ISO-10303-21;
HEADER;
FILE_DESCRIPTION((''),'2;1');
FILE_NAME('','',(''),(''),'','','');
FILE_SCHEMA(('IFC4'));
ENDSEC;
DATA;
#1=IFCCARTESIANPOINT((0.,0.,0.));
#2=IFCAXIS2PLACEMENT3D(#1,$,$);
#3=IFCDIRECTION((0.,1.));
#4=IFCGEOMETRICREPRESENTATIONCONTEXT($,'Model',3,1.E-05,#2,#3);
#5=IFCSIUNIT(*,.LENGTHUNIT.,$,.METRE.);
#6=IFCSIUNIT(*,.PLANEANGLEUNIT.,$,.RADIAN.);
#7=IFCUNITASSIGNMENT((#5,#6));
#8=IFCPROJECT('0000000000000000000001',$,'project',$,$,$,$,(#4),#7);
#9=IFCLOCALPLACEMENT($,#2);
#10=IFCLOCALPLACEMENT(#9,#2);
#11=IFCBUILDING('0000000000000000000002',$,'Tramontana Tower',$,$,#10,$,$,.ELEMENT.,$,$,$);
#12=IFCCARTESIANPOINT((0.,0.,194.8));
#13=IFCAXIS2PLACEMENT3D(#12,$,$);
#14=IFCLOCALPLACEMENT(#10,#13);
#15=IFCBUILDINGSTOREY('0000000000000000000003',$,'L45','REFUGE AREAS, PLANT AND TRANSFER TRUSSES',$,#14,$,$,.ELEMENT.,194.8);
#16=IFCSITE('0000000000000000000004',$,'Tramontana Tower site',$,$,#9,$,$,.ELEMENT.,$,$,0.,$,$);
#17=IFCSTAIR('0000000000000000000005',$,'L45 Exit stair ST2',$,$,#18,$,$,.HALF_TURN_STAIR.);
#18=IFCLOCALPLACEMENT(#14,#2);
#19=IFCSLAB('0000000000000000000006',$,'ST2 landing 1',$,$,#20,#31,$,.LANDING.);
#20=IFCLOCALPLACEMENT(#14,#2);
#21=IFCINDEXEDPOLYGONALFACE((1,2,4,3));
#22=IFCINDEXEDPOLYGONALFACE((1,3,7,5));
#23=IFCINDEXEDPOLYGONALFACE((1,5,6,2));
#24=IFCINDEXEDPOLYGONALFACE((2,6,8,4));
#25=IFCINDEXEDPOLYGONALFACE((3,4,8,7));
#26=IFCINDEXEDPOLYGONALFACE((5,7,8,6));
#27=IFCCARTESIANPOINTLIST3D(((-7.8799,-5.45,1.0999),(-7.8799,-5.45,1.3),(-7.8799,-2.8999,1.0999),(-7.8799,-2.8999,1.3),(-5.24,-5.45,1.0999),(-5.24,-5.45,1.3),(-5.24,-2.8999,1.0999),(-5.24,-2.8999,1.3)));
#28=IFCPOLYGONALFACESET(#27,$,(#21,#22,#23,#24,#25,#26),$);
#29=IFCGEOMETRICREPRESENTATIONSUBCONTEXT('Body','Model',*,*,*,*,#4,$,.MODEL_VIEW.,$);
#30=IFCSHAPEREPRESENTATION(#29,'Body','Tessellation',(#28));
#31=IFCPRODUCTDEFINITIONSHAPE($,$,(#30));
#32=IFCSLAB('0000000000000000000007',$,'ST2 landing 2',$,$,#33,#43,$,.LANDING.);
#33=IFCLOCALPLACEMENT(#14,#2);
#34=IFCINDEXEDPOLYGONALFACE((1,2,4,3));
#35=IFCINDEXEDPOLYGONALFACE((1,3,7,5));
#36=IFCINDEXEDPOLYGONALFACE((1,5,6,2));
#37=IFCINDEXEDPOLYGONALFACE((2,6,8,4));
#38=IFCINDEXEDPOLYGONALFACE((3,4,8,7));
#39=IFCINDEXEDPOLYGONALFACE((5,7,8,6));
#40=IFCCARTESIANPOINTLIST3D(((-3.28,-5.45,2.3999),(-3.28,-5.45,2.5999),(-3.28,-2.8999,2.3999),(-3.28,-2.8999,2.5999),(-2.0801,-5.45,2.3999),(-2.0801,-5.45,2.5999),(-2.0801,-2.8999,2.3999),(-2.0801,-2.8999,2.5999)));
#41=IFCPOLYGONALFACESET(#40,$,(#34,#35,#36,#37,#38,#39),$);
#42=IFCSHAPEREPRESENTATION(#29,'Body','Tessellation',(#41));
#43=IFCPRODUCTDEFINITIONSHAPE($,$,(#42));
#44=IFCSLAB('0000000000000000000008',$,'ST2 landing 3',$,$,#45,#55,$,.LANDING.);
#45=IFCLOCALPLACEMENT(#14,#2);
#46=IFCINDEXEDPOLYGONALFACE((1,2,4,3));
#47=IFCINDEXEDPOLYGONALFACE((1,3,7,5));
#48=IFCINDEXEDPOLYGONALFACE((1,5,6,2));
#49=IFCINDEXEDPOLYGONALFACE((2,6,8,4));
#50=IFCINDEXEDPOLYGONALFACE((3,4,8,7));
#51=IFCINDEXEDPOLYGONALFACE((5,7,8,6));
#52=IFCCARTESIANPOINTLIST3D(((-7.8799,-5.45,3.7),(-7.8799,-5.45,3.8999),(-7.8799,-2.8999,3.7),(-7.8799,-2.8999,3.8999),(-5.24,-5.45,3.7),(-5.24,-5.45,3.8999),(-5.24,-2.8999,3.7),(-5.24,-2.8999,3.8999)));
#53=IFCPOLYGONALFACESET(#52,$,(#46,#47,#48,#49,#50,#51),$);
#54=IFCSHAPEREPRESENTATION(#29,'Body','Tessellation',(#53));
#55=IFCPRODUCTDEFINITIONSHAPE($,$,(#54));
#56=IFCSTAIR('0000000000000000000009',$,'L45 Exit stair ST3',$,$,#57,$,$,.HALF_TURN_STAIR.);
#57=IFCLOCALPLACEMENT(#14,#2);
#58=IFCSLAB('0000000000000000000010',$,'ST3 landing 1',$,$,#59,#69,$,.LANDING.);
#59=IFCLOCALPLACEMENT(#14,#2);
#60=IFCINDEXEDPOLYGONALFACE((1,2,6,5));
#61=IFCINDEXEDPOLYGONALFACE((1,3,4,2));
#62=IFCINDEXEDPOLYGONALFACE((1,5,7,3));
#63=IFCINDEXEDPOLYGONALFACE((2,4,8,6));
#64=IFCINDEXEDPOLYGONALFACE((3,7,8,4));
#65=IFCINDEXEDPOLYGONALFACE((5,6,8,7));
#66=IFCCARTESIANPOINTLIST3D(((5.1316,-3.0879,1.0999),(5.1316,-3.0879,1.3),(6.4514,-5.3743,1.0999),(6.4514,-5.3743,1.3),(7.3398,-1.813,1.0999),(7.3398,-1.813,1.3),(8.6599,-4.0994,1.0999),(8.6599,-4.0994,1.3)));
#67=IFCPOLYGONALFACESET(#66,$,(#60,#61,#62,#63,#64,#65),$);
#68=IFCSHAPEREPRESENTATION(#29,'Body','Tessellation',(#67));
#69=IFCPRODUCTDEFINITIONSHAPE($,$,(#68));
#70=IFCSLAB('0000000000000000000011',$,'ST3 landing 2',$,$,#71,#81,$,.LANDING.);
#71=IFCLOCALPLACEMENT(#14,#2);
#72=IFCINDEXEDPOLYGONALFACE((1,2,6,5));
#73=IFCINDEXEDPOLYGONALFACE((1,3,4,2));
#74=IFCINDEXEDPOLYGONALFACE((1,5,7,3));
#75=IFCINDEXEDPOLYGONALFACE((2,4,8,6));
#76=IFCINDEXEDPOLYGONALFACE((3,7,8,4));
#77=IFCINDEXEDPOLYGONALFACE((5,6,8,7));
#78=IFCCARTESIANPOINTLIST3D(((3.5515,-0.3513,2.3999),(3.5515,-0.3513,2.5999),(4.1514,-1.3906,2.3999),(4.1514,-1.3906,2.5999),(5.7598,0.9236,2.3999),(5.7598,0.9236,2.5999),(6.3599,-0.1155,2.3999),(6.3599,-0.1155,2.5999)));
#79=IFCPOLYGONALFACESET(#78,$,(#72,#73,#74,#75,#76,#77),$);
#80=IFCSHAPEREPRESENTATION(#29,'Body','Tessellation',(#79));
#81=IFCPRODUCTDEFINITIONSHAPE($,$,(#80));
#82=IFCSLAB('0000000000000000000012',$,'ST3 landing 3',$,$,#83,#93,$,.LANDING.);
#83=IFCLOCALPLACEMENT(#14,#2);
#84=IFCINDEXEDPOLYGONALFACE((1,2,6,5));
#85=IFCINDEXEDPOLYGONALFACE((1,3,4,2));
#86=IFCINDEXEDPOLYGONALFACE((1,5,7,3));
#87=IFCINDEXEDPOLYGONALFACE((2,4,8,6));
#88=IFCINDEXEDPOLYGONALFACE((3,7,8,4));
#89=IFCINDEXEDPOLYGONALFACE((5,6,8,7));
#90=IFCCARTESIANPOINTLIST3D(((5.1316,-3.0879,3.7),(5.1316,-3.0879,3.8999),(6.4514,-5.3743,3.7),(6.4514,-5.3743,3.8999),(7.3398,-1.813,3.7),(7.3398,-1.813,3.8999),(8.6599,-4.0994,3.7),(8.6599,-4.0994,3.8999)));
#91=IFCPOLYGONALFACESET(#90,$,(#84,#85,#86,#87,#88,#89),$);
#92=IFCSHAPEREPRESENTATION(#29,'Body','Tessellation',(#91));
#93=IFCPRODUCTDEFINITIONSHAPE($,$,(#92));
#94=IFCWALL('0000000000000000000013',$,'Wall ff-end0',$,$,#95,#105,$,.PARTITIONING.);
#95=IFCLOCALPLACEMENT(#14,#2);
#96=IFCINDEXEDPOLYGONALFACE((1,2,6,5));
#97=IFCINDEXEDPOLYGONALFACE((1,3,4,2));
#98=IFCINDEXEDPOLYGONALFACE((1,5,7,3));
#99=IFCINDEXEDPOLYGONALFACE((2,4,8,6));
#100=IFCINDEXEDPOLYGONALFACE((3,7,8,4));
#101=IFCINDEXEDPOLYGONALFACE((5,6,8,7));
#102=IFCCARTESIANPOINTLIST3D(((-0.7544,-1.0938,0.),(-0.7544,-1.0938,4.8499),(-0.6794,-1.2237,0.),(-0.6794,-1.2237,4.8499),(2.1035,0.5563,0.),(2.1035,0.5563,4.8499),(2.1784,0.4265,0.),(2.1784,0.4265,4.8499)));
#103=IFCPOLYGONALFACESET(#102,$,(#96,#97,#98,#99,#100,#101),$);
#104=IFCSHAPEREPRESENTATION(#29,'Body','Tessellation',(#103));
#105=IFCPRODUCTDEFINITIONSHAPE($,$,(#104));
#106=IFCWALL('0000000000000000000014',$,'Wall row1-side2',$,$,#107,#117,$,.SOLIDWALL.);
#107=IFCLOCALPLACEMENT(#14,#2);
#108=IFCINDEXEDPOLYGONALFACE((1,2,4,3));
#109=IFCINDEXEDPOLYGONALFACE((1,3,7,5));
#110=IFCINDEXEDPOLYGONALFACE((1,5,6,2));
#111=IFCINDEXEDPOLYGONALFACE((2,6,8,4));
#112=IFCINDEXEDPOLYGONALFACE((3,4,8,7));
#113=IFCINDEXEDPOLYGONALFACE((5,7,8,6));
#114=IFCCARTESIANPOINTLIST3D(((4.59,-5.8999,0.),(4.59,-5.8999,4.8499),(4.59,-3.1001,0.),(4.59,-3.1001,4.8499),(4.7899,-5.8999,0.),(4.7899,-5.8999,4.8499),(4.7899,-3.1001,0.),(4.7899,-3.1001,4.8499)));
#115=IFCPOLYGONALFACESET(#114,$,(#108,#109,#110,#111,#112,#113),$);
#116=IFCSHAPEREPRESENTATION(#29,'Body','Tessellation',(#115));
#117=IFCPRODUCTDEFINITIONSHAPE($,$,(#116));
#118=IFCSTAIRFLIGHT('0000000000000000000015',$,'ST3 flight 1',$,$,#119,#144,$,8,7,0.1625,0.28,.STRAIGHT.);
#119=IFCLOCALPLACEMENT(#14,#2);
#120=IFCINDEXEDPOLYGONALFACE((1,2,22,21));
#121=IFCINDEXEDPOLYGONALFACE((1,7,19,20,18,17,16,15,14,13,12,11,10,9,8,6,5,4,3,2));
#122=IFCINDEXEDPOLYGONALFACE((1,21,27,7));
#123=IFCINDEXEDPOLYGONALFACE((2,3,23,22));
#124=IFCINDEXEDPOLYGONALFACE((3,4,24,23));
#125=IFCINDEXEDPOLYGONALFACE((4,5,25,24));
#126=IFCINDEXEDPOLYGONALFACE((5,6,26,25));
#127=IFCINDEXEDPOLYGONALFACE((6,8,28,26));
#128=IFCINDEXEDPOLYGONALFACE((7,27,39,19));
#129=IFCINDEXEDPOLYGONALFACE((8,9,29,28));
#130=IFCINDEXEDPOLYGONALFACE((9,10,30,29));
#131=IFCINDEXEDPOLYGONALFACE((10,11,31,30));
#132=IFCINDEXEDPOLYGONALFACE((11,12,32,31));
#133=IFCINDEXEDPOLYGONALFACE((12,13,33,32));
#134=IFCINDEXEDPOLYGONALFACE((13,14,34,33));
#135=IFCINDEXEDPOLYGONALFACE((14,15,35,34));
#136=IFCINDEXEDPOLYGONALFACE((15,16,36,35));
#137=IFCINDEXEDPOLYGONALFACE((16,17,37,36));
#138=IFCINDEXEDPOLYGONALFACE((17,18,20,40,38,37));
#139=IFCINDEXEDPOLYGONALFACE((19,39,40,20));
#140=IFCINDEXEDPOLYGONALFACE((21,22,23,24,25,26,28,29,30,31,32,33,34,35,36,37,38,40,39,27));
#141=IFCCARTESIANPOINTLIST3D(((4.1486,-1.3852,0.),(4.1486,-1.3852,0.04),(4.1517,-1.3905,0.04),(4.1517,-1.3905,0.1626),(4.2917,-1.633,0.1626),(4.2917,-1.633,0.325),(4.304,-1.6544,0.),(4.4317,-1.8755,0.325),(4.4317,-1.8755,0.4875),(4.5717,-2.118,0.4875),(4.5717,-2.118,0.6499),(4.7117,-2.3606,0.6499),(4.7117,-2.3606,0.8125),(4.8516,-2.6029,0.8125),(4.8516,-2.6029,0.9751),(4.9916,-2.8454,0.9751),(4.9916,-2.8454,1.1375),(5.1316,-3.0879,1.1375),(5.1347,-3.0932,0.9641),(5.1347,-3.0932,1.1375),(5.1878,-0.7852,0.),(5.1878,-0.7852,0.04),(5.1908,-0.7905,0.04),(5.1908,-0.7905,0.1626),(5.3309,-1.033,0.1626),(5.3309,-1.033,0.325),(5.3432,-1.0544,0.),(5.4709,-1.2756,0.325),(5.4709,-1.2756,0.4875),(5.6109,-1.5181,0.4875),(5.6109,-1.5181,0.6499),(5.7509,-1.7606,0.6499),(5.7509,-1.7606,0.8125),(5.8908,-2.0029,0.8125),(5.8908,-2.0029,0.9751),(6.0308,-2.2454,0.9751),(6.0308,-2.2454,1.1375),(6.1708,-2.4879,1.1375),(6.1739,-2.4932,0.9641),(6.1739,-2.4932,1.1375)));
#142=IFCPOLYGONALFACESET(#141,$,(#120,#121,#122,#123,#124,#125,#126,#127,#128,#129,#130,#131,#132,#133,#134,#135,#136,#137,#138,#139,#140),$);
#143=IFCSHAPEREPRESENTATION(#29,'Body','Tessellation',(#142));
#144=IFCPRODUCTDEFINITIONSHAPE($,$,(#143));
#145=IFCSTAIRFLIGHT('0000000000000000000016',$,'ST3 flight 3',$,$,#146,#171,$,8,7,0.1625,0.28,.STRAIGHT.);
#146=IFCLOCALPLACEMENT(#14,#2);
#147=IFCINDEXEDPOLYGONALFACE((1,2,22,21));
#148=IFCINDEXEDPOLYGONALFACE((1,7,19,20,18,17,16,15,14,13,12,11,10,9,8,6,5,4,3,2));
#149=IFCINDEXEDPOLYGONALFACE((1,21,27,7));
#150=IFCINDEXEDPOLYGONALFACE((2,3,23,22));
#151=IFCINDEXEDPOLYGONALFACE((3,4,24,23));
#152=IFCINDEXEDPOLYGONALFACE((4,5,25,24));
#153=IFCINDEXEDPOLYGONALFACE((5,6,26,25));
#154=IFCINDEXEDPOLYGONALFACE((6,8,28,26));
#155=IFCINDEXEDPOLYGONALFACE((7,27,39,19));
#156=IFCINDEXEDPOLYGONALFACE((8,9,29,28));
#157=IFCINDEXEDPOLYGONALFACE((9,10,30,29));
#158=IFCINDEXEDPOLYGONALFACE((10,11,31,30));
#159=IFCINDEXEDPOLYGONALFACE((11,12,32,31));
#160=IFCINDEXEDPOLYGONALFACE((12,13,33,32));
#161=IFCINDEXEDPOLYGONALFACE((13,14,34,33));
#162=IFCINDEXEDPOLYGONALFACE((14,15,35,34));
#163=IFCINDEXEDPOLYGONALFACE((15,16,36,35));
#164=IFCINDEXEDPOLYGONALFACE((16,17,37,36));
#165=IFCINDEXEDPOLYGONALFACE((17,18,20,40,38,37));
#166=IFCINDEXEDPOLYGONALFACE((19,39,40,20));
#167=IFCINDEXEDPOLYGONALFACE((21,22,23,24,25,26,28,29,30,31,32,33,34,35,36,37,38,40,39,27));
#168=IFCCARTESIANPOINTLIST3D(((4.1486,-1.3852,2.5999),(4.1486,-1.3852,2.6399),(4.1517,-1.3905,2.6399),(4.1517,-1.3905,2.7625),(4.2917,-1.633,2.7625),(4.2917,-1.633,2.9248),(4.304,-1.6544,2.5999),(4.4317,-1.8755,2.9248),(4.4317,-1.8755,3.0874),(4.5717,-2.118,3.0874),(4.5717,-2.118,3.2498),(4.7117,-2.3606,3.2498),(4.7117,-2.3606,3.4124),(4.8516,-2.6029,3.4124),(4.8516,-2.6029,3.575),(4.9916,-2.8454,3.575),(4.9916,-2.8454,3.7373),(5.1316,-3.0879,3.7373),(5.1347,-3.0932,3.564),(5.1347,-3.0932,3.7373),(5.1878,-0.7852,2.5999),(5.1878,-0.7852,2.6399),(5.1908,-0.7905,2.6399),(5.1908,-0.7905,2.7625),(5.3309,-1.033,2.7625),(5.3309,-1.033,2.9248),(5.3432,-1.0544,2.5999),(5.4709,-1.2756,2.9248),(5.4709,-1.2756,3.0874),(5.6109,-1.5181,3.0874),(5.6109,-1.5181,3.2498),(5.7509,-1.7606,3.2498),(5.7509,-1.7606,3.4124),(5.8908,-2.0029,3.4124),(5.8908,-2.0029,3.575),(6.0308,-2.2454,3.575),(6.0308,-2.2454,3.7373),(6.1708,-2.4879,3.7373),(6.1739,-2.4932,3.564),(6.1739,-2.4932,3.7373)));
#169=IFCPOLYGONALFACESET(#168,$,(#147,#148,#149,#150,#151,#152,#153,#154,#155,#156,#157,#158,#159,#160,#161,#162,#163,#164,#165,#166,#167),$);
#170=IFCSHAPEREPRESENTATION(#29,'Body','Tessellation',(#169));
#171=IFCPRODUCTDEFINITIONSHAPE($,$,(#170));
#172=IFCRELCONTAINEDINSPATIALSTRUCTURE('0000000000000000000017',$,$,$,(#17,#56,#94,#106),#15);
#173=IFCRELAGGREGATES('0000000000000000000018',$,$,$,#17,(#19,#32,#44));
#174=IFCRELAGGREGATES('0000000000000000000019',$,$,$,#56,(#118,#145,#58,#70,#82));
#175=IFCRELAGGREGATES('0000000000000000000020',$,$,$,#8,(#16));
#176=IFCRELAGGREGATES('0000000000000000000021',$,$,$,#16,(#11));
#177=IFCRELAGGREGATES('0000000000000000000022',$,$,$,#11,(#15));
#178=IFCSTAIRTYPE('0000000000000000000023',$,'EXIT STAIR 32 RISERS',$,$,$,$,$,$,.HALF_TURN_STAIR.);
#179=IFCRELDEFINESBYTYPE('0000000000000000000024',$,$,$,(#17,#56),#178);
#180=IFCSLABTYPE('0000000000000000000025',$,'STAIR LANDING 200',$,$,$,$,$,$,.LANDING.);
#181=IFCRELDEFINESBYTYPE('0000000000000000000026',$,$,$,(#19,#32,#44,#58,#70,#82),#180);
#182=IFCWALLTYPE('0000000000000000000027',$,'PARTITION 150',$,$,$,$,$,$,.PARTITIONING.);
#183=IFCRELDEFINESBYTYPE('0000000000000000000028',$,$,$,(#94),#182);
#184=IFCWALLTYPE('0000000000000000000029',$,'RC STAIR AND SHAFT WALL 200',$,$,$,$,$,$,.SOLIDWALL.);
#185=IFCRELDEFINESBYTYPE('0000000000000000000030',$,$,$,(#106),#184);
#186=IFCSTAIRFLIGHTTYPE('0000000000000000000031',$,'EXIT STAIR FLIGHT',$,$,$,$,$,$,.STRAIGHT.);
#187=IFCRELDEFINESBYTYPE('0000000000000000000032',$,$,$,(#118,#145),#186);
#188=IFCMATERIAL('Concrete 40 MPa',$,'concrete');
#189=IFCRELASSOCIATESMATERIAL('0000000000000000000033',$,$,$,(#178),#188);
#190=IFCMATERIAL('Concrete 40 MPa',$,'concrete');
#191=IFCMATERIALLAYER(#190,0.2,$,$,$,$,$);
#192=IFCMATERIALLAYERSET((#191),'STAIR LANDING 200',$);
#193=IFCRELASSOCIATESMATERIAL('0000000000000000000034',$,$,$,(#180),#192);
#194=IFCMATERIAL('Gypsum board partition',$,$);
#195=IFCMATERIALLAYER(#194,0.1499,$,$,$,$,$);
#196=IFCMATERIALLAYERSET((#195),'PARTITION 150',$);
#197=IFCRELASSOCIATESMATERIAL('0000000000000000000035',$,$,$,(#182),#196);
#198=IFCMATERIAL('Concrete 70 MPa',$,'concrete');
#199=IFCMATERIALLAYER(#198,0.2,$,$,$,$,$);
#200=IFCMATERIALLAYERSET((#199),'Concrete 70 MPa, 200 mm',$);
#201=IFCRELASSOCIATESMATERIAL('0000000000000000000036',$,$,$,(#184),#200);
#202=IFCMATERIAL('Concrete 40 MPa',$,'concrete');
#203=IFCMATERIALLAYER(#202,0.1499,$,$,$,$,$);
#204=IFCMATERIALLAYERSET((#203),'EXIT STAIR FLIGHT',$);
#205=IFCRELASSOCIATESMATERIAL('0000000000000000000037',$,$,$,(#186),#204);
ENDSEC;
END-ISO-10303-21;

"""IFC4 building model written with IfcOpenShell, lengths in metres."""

from ifc_helpers import new_model, si_unit, direction, frame, frame_2d, origin, place, context, subcontext, project, spatial, polyline, rectangle, outline, extrude, material, layer, layer_set, type_object, element, aggregate, save


model = new_model("IFC4")

# Units and contexts
model_context = context("Model", 3, precision=1e-05, world=origin(), true_north=direction((0.0, 1.0)))
body_context = subcontext(model_context, "Body", "Model", "MODEL_VIEW")
ifc_project = project(units=[si_unit("LENGTHUNIT", "METRE"), si_unit("PLANEANGLEUNIT", "RADIAN")], contexts=[model_context])

# Site, building, storey
site_placement = place(None, origin())
site = spatial("IfcSite", under=ifc_project, at=site_placement, Name="Tramontana Tower site", CompositionType="ELEMENT", RefElevation=0.0)
building_placement = place(site_placement, origin())
building = spatial("IfcBuilding", under=site, at=building_placement, Name="Tramontana Tower", CompositionType="ELEMENT")
storey_placement = place(building_placement, frame((0.0, 0.0, 194.8)))
storey = spatial("IfcBuildingStorey", under=building, at=storey_placement, Name="L45", Description="REFUGE AREAS, PLANT AND TRANSFER TRUSSES", CompositionType="ELEMENT", Elevation=194.8)

# Stairs, slabs
ifc_material_1 = material(Name="Concrete 40 MPa", Category="concrete")
stair_type = type_object("IfcStairType", Name="EXIT STAIR 32 RISERS", PredefinedType="HALF_TURN_STAIR", material=ifc_material_1)
ifc_material_2 = material(Name="Concrete 40 MPa", Category="concrete")
ifc_layer_1 = layer(ifc_material_2, 0.2)
ifc_layer_set_1 = layer_set([ifc_layer_1], Name="STAIR LANDING 200")
slab_type_1 = type_object("IfcSlabType", Name="STAIR LANDING 200", PredefinedType="LANDING", material=ifc_layer_set_1)
stair_1_placement = place(storey_placement, origin())
stair_1 = element("IfcStair", 1, at=stair_1_placement, inside=storey, type_object=stair_type, Name="L45 Exit stair ST2", PredefinedType="HALF_TURN_STAIR")
slab_1_placement = place(storey_placement, frame((0.0, 0.0, 1.0999)))
slab_1 = element("IfcSlab", 2, at=slab_1_placement, type_object=slab_type_1, Name="ST2 landing 1", PredefinedType="LANDING", context=body_context, shape_type="SweptSolid", body=[
    extrude(outline(polyline([(-5.24, -2.8999), (-7.8799, -2.8999), (-7.8799, -5.45), (-5.24, -5.45), (-5.24, -2.8999)])), origin(), (0.0, 0.0, 1.0), 0.2002),
])
slab_2_placement = place(storey_placement, frame((0.0, 0.0, 2.3999)))
slab_2 = element("IfcSlab", 3, at=slab_2_placement, type_object=slab_type_1, Name="ST2 landing 2", PredefinedType="LANDING", context=body_context, shape_type="SweptSolid", body=[
    extrude(outline(polyline([(-2.0801, -2.8999), (-3.28, -2.8999), (-3.28, -5.45), (-2.0801, -5.45), (-2.0801, -2.8999)])), origin(), (0.0, 0.0, 1.0), 0.2),
])
slab_3_placement = place(storey_placement, frame((0.0, 0.0, 3.7)))
slab_3 = element("IfcSlab", 4, at=slab_3_placement, type_object=slab_type_1, Name="ST2 landing 3", PredefinedType="LANDING", context=body_context, shape_type="SweptSolid", body=[
    extrude(outline(polyline([(-5.24, -2.8999), (-7.8799, -2.8999), (-7.8799, -5.45), (-5.24, -5.45), (-5.24, -2.8999)])), origin(), (0.0, 0.0, 1.0), 0.2),
])
aggregate(stair_1, [slab_1, slab_2, slab_3])
stair_2_placement = place(storey_placement, origin())
stair_2 = element("IfcStair", 5, at=stair_2_placement, inside=storey, type_object=stair_type, Name="L45 Exit stair ST3", PredefinedType="HALF_TURN_STAIR")
slab_4_placement = place(storey_placement, frame((0.0, 0.0, 1.0999)))
slab_4 = element("IfcSlab", 6, at=slab_4_placement, type_object=slab_type_1, Name="ST3 landing 1", PredefinedType="LANDING", context=body_context, shape_type="SweptSolid", body=[
    extrude(outline(polyline([(5.1316, -3.0879), (6.4514, -5.3743), (8.6599, -4.0994), (7.3398, -1.813), (5.1316, -3.0879)])), origin(), (0.0, 0.0, 1.0), 0.2002),
])
slab_5_placement = place(storey_placement, frame((0.0, 0.0, 2.3999)))
slab_5 = element("IfcSlab", 7, at=slab_5_placement, type_object=slab_type_1, Name="ST3 landing 2", PredefinedType="LANDING", context=body_context, shape_type="SweptSolid", body=[
    extrude(outline(polyline([(3.5515, -0.3513), (4.1514, -1.3906), (6.3599, -0.1155), (5.7598, 0.9236), (3.5515, -0.3513)])), origin(), (0.0, 0.0, 1.0), 0.2),
])
slab_6_placement = place(storey_placement, frame((0.0, 0.0, 3.7)))
slab_6 = element("IfcSlab", 8, at=slab_6_placement, type_object=slab_type_1, Name="ST3 landing 3", PredefinedType="LANDING", context=body_context, shape_type="SweptSolid", body=[
    extrude(outline(polyline([(5.1316, -3.0879), (6.4514, -5.3743), (8.6599, -4.0994), (7.3398, -1.813), (5.1316, -3.0879)])), origin(), (0.0, 0.0, 1.0), 0.2),
])

# Shared definitions
ifc_material_3 = material(Name="Gypsum board partition")
ifc_layer_2 = layer(ifc_material_3, 0.1499)
ifc_layer_set_2 = layer_set([ifc_layer_2], Name="PARTITION 150")
wall_type_1 = type_object("IfcWallType", Name="PARTITION 150", PredefinedType="PARTITIONING", material=ifc_layer_set_2)

# Wall
wall_1_placement = place(storey_placement, frame((-0.7168, -1.1587, 0.0), z_axis=(0.0, 0.0, 1.0), x_axis=(0.866008, 0.50003, 0.0)))
element("IfcWall", 9, at=wall_1_placement, inside=storey, type_object=wall_type_1, Name="Wall ff-end0", PredefinedType="PARTITIONING", context=body_context, shape_type="SweptSolid", body=[
    extrude(rectangle(XDim=3.3, YDim=0.1499, at=frame_2d((1.6499, 0.0))), origin(), (0.0, 0.0, 1.0), 4.8499),
])

# Shared definitions
ifc_material_4 = material(Name="Concrete 70 MPa", Category="concrete")
ifc_layer_3 = layer(ifc_material_4, 0.2)
ifc_layer_set_3 = layer_set([ifc_layer_3], Name="Concrete 70 MPa, 200 mm")
wall_type_2 = type_object("IfcWallType", Name="RC STAIR AND SHAFT WALL 200", PredefinedType="SOLIDWALL", material=ifc_layer_set_3)

# Wall
wall_2_placement = place(storey_placement, frame((4.6899, -3.1001, 0.0), z_axis=(0.0, 0.0, 1.0), x_axis=(0.0, -1.0, 0.0)))
element("IfcWall", 10, at=wall_2_placement, inside=storey, type_object=wall_type_2, Name="Wall row1-side2", PredefinedType="SOLIDWALL", context=body_context, shape_type="SweptSolid", body=[
    extrude(rectangle(XDim=2.7998, YDim=0.2, at=frame_2d((1.3999, 0.0))), origin(), (0.0, 0.0, 1.0), 4.8499),
])

# Stair flights
ifc_material_5 = material(Name="Concrete 40 MPa", Category="concrete")
ifc_layer_4 = layer(ifc_material_5, 0.1499)
ifc_layer_set_4 = layer_set([ifc_layer_4], Name="EXIT STAIR FLIGHT")
stair_flight_type = type_object("IfcStairFlightType", Name="EXIT STAIR FLIGHT", PredefinedType="STRAIGHT", material=ifc_layer_set_4)
stair_flight_1_placement = place(storey_placement, frame((4.6711, -1.0906, 0.0), z_axis=(0.0, 0.0, 1.0), x_axis=(0.5, -0.866025, 0.0)))
stair_flight_1 = element("IfcStairFlight", 11, at=stair_flight_1_placement, type_object=stair_flight_type, Name="ST3 flight 1", NumberOfRisers=8, NumberOfTreads=7, PredefinedType="STRAIGHT", RiserHeight=0.1625, TreadLength=0.28, context=body_context, shape_type="SweptSolid", body=[
    extrude(outline(polyline([(-0.0061, 0.0), (-0.0061, 0.04), (0.0, 0.04), (0.0, 0.1626), (0.28, 0.1626), (0.28, 0.325), (0.5601, 0.325), (0.5601, 0.4875), (0.8401, 0.4875), (0.8401, 0.6499), (1.1201, 0.6499), (1.1201, 0.8125), (1.3999, 0.8125), (1.3999, 0.9751), (1.6799, 0.9751), (1.6799, 1.1375), (1.96, 1.1375), (1.9661, 1.1375), (1.9661, 0.9641), (0.3047, 0.0), (-0.0061, 0.0)])), frame((0.0, 0.6001, 0.0), z_axis=(0.0, -1.0, 0.0), x_axis=(1.0, 0.0, 0.0)), (0.0, 0.0, 1.0), 1.2),
])
stair_flight_2_placement = place(storey_placement, frame((4.6711, -1.0906, 2.5999), z_axis=(0.0, 0.0, 1.0), x_axis=(0.5, -0.866025, 0.0)))
stair_flight_2 = element("IfcStairFlight", 12, at=stair_flight_2_placement, type_object=stair_flight_type, Name="ST3 flight 3", NumberOfRisers=8, NumberOfTreads=7, PredefinedType="STRAIGHT", RiserHeight=0.1625, TreadLength=0.28, context=body_context, shape_type="SweptSolid", body=[
    extrude(outline(polyline([(-0.0061, 0.0), (-0.0061, 0.04), (0.0, 0.04), (0.0, 0.1626), (0.28, 0.1626), (0.28, 0.325), (0.5601, 0.325), (0.5601, 0.4875), (0.8401, 0.4875), (0.8401, 0.6499), (1.1201, 0.6499), (1.1201, 0.8125), (1.3999, 0.8125), (1.3999, 0.9751), (1.6799, 0.9751), (1.6799, 1.1375), (1.96, 1.1375), (1.9661, 1.1375), (1.9661, 0.9641), (0.3047, 0.0), (-0.0061, 0.0)])), frame((0.0, 0.6001, 0.0), z_axis=(0.0, -1.0, 0.0), x_axis=(1.0, 0.0, 0.0)), (0.0, 0.0, 1.0), 1.2),
])
aggregate(stair_2, [stair_flight_1, stair_flight_2, slab_4, slab_5, slab_6])

save(model, "model.ifc")
